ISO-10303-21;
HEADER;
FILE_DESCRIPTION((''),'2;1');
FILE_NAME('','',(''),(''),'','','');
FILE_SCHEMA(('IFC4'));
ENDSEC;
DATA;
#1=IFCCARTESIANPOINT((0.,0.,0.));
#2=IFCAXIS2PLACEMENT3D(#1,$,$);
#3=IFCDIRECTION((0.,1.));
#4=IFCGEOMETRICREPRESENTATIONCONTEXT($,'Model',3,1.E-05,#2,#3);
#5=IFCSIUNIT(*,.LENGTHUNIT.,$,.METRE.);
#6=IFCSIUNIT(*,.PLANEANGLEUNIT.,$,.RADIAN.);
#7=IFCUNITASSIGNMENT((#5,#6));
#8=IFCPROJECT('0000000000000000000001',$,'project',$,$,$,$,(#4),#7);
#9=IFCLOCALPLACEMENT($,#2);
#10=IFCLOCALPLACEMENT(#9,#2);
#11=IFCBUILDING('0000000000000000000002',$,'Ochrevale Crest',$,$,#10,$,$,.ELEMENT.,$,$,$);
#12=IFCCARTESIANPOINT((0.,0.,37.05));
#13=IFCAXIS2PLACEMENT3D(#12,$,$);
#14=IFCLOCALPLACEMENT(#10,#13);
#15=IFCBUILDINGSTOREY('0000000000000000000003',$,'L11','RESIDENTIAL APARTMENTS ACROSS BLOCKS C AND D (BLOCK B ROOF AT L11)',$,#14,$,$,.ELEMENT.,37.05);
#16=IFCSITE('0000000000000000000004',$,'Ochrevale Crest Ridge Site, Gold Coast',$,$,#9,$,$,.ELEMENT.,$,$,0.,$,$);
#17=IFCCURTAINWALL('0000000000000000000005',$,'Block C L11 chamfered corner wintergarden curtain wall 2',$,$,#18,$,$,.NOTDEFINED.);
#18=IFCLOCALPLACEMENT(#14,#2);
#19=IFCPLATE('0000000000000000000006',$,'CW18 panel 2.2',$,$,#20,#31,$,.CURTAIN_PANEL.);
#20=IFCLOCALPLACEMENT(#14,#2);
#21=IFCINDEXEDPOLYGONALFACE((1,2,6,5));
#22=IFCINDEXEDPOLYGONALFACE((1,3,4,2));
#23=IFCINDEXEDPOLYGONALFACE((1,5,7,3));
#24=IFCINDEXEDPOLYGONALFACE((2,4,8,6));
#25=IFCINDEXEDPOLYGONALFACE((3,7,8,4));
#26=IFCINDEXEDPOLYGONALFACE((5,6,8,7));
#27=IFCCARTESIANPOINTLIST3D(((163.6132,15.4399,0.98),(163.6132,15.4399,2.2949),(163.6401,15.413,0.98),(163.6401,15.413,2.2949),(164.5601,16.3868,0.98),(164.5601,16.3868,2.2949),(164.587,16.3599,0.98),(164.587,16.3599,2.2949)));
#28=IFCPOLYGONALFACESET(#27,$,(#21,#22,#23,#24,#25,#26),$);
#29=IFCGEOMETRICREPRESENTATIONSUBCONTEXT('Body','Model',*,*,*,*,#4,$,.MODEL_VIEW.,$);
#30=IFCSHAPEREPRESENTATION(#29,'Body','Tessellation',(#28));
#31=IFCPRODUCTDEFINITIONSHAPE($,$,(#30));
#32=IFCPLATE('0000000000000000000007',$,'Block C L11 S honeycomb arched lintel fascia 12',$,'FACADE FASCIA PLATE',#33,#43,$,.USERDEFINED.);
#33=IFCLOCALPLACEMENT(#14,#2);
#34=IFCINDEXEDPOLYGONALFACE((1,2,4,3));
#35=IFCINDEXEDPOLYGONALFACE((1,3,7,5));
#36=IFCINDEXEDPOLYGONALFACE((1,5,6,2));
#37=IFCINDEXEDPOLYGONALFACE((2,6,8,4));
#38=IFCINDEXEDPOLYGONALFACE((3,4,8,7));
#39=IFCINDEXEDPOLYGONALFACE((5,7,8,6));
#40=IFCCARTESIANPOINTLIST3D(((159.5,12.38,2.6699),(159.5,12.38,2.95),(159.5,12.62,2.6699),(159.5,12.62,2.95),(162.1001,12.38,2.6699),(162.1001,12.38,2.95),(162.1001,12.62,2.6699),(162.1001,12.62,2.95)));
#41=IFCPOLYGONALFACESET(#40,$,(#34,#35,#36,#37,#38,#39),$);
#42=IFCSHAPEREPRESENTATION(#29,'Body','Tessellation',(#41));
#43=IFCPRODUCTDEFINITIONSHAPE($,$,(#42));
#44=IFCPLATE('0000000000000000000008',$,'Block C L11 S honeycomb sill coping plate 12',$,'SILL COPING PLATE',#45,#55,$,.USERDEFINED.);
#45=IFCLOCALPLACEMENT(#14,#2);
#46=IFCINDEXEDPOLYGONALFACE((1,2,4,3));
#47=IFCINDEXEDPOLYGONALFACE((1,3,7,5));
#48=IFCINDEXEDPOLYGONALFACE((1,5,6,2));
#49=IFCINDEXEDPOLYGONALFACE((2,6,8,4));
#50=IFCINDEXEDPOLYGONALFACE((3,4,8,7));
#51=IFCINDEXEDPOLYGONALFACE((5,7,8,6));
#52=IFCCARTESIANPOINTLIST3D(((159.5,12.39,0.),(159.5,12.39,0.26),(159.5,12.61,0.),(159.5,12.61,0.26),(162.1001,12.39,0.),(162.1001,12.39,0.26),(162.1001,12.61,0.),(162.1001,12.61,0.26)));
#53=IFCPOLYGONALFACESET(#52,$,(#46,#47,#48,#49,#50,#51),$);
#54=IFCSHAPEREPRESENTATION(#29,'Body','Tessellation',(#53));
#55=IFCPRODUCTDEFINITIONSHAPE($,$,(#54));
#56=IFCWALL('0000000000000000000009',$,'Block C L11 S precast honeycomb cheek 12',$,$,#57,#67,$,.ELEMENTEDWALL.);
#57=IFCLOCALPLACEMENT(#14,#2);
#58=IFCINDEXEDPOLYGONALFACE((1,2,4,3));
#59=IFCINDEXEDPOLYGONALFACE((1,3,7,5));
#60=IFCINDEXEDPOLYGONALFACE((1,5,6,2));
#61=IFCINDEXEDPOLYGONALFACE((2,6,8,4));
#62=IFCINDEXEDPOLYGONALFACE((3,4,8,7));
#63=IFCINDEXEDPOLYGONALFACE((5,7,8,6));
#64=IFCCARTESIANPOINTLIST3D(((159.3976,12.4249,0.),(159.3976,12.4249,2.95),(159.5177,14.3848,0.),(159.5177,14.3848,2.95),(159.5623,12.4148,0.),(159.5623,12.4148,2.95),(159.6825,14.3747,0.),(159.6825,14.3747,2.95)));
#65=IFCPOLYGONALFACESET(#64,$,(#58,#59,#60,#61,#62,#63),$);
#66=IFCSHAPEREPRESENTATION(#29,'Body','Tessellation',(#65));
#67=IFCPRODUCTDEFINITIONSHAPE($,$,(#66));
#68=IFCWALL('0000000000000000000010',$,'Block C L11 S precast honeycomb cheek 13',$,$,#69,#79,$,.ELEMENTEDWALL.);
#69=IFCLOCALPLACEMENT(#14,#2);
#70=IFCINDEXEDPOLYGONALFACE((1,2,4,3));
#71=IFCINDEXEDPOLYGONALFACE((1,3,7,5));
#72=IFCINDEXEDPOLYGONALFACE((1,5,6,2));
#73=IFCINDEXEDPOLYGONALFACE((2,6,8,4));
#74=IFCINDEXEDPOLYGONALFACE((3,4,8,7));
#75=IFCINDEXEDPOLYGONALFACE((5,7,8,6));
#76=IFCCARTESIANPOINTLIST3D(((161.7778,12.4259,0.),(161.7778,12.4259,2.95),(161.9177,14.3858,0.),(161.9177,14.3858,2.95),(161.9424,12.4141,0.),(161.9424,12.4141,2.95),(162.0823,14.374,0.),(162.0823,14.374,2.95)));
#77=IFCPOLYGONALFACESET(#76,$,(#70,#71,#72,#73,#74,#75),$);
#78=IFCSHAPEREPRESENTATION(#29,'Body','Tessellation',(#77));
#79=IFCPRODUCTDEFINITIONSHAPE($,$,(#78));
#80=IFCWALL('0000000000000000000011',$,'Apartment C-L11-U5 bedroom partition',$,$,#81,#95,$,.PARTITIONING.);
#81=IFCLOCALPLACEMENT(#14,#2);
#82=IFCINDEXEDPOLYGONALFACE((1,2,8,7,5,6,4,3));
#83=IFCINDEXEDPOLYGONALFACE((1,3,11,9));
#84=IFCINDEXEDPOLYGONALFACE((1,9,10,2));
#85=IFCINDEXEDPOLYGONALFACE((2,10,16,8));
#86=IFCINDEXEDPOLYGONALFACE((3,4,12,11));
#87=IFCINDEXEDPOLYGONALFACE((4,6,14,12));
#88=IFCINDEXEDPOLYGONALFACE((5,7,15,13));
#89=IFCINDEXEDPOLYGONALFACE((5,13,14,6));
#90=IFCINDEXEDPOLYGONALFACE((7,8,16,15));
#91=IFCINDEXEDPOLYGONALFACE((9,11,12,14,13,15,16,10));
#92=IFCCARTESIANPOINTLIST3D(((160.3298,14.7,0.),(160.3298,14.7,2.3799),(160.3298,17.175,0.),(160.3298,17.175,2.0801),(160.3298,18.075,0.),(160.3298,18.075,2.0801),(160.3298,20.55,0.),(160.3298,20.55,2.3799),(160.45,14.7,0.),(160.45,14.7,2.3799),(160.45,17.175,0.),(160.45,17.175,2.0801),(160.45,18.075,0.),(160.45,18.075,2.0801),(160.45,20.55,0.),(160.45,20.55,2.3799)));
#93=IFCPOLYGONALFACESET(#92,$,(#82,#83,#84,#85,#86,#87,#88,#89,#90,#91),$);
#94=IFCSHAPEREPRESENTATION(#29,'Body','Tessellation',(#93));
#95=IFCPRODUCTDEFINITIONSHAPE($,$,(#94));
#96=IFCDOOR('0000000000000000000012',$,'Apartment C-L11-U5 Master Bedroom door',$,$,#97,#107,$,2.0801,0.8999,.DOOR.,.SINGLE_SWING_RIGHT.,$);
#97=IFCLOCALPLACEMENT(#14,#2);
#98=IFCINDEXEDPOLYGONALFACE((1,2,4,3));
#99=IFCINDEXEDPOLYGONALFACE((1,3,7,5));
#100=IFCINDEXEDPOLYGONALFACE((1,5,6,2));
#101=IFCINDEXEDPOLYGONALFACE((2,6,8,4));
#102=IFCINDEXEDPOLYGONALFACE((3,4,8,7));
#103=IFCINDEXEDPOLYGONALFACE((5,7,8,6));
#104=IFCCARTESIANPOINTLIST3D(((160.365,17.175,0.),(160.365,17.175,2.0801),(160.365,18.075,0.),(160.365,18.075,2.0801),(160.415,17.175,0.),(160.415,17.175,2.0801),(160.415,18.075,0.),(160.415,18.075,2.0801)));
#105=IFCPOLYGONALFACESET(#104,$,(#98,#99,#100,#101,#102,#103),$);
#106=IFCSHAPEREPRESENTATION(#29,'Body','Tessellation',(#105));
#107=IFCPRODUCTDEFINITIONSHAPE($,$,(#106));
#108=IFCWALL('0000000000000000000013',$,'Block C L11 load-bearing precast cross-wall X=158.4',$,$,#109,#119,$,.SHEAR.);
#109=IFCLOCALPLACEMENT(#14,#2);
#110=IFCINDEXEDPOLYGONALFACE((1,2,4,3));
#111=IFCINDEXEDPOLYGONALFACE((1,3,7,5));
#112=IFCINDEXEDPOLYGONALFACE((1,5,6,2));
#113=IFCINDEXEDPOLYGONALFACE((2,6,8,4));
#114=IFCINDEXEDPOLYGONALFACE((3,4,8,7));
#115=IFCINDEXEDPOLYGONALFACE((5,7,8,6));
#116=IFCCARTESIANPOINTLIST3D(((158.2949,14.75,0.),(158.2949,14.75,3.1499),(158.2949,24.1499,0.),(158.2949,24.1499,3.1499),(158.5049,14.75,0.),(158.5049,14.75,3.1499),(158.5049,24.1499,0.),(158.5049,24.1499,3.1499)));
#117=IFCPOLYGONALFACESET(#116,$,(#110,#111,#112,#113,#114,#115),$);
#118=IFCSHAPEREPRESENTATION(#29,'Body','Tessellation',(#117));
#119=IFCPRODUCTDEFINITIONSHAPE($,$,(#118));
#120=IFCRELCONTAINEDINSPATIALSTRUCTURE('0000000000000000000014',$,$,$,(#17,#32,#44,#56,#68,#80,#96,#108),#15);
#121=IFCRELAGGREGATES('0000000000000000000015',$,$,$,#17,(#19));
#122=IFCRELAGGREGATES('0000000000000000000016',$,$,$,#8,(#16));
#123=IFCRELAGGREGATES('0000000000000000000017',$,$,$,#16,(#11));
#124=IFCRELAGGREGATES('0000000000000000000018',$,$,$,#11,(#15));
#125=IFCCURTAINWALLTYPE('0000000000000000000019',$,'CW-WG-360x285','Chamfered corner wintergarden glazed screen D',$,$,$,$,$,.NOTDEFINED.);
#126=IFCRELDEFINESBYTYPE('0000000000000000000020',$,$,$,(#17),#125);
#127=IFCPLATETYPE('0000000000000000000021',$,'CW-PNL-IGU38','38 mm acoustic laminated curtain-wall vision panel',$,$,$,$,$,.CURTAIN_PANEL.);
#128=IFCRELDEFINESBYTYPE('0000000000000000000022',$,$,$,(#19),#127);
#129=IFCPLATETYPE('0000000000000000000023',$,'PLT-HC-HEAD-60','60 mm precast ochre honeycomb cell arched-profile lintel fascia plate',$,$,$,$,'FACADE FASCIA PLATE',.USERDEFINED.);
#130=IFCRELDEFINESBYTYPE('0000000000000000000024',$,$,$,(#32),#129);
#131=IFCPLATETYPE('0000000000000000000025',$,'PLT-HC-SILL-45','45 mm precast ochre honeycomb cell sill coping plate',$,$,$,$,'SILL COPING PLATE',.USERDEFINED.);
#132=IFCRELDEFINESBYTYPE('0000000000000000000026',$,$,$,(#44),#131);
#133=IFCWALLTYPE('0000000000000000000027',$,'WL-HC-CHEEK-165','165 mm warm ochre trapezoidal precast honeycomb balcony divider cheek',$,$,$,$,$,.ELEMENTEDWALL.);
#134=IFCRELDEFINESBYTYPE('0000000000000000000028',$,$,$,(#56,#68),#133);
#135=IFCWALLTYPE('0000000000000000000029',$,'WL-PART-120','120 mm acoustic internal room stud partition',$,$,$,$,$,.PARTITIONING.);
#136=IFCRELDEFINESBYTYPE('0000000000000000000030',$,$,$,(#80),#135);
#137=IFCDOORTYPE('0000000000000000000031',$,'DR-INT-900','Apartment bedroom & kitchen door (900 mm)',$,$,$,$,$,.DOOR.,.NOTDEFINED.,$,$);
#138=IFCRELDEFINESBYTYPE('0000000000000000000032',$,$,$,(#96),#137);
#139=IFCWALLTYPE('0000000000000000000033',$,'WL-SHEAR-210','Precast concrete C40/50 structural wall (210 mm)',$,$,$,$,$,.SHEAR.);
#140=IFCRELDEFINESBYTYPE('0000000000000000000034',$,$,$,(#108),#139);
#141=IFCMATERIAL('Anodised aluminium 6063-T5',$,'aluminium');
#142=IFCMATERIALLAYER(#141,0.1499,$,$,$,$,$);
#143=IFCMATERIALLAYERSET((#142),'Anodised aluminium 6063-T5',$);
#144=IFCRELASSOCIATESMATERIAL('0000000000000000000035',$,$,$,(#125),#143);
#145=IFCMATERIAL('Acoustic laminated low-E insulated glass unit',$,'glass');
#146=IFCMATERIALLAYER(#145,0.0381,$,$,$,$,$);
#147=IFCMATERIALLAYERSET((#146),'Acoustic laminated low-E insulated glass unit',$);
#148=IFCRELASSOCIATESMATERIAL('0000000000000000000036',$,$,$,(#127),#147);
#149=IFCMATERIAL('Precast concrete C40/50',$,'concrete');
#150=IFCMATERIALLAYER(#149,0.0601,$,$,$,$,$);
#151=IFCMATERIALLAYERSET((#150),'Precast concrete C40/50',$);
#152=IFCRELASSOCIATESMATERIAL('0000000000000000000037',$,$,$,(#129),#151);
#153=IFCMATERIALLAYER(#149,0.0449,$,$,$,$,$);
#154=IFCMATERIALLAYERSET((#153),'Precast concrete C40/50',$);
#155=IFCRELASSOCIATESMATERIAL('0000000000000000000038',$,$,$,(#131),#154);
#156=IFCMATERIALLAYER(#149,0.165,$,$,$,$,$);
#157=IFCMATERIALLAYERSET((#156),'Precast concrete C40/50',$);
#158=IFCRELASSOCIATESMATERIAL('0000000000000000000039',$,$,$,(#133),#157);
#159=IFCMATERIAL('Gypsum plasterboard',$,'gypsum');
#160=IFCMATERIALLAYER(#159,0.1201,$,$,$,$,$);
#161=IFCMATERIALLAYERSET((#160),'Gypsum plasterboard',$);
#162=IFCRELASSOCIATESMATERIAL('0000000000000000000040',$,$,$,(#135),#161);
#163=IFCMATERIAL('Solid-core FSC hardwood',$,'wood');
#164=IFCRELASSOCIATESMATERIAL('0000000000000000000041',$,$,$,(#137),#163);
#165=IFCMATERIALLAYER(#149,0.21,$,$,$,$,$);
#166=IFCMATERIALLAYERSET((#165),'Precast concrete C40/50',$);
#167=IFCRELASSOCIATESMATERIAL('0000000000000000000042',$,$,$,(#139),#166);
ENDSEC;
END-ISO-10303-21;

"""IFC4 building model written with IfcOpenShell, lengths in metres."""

from ifc_helpers import new_model, si_unit, direction, frame, frame_2d, origin, origin_2d, place, context, subcontext, project, spatial, rectangle, extrude, material, layer, layer_set, type_object, element, fill, aggregate, save


model = new_model("IFC4")

# Units and contexts
model_context = context("Model", 3, precision=1e-05, world=origin(), true_north=direction((0.0, 1.0)))
body_context = subcontext(model_context, "Body", "Model", "MODEL_VIEW")
ifc_project = project(units=[si_unit("LENGTHUNIT", "METRE"), si_unit("PLANEANGLEUNIT", "RADIAN")], contexts=[model_context])

# Site, building, storey
site_placement = place(None, origin())
site = spatial("IfcSite", under=ifc_project, at=site_placement, Name="Ochrevale Crest Ridge Site, Gold Coast", CompositionType="ELEMENT", RefElevation=0.0)
building_placement = place(site_placement, origin())
building = spatial("IfcBuilding", under=site, at=building_placement, Name="Ochrevale Crest", CompositionType="ELEMENT")
storey_placement = place(building_placement, frame((0.0, 0.0, 37.05)))
storey = spatial("IfcBuildingStorey", under=building, at=storey_placement, Name="L11", Description="RESIDENTIAL APARTMENTS ACROSS BLOCKS C AND D (BLOCK B ROOF AT L11)", CompositionType="ELEMENT", Elevation=37.05)

# Curtain wall, plate
ifc_material_1 = material(Name="Anodised aluminium 6063-T5", Category="aluminium")
ifc_layer_1 = layer(ifc_material_1, 0.1499)
ifc_layer_set_1 = layer_set([ifc_layer_1], Name="Anodised aluminium 6063-T5")
curtain_wall_type = type_object("IfcCurtainWallType", Name="CW-WG-360x285", Description="Chamfered corner wintergarden glazed screen D", PredefinedType="NOTDEFINED", material=ifc_layer_set_1)
curtain_wall_placement = place(storey_placement, origin())
curtain_wall = element("IfcCurtainWall", 1, at=curtain_wall_placement, inside=storey, type_object=curtain_wall_type, Name="Block C L11 chamfered corner wintergarden curtain wall 2", PredefinedType="NOTDEFINED")
ifc_material_2 = material(Name="Acoustic laminated low-E insulated glass unit", Category="glass")
ifc_layer_2 = layer(ifc_material_2, 0.0381)
ifc_layer_set_2 = layer_set([ifc_layer_2], Name="Acoustic laminated low-E insulated glass unit")
plate_type_1 = type_object("IfcPlateType", Name="CW-PNL-IGU38", Description="38 mm acoustic laminated curtain-wall vision panel", PredefinedType="CURTAIN_PANEL", material=ifc_layer_set_2)
plate_1_placement = place(storey_placement, frame((164.1001, 15.8999, 0.98), z_axis=(0.0, 0.0, 1.0), x_axis=(0.707107, 0.707107, 0.0)))
plate_1 = element("IfcPlate", 2, at=plate_1_placement, type_object=plate_type_1, Name="CW18 panel 2.2", PredefinedType="CURTAIN_PANEL", context=body_context, shape_type="SweptSolid", body=[
    extrude(rectangle(XDim=1.3391, YDim=0.0381, at=origin_2d()), origin(), (0.0, 0.0, 1.0), 1.3149),
])
aggregate(curtain_wall, [plate_1])

# Plates
ifc_material_3 = material(Name="Precast concrete C40/50", Category="concrete")
ifc_layer_3 = layer(ifc_material_3, 0.0601)
ifc_layer_set_3 = layer_set([ifc_layer_3], Name="Precast concrete C40/50")
plate_type_2 = type_object("IfcPlateType", Name="PLT-HC-HEAD-60", Description="60 mm precast ochre honeycomb cell arched-profile lintel fascia plate", ElementType="FACADE FASCIA PLATE", PredefinedType="USERDEFINED", material=ifc_layer_set_3)
plate_2_placement = place(storey_placement, frame((160.8, 12.5, 2.6699), z_axis=(0.0, 0.0, 1.0), x_axis=(1.0, 0.0, 0.0)))
element("IfcPlate", 3, at=plate_2_placement, inside=storey, type_object=plate_type_2, Name="Block C L11 S honeycomb arched lintel fascia 12", ObjectType="FACADE FASCIA PLATE", PredefinedType="USERDEFINED", context=body_context, shape_type="SweptSolid", body=[
    extrude(rectangle(XDim=2.6001, YDim=0.24, at=origin_2d()), origin(), (0.0, 0.0, 1.0), 0.28),
])
ifc_layer_4 = layer(ifc_material_3, 0.0449)
ifc_layer_set_4 = layer_set([ifc_layer_4], Name="Precast concrete C40/50")
plate_type_3 = type_object("IfcPlateType", Name="PLT-HC-SILL-45", Description="45 mm precast ochre honeycomb cell sill coping plate", ElementType="SILL COPING PLATE", PredefinedType="USERDEFINED", material=ifc_layer_set_4)
plate_3_placement = place(storey_placement, frame((160.8, 12.5, 0.0), z_axis=(0.0, 0.0, 1.0), x_axis=(1.0, 0.0, 0.0)))
element("IfcPlate", 4, at=plate_3_placement, inside=storey, type_object=plate_type_3, Name="Block C L11 S honeycomb sill coping plate 12", ObjectType="SILL COPING PLATE", PredefinedType="USERDEFINED", context=body_context, shape_type="SweptSolid", body=[
    extrude(rectangle(XDim=2.6001, YDim=0.22, at=origin_2d()), origin(), (0.0, 0.0, 1.0), 0.26),
])

# Walls
ifc_layer_5 = layer(ifc_material_3, 0.165)
ifc_layer_set_5 = layer_set([ifc_layer_5], Name="Precast concrete C40/50")
wall_type_1 = type_object("IfcWallType", Name="WL-HC-CHEEK-165", Description="165 mm warm ochre trapezoidal precast honeycomb balcony divider cheek", PredefinedType="ELEMENTEDWALL", material=ifc_layer_set_5)
wall_1_placement = place(storey_placement, frame((159.6001, 14.3799, 0.0), z_axis=(0.0, 0.0, 1.0), x_axis=(-0.061171, -0.998127, 0.0)))
element("IfcWall", 5, at=wall_1_placement, inside=storey, type_object=wall_type_1, Name="Block C L11 S precast honeycomb cheek 12", PredefinedType="ELEMENTEDWALL", context=body_context, shape_type="SweptSolid", body=[
    extrude(rectangle(XDim=1.9636, YDim=0.165, at=frame_2d((0.9819, 0.0))), origin(), (0.0, 0.0, 1.0), 2.95),
])
wall_2_placement = place(storey_placement, frame((162.0, 14.3799, 0.0), z_axis=(0.0, 0.0, 1.0), x_axis=(-0.071194, -0.997462, 0.0)))
element("IfcWall", 6, at=wall_2_placement, inside=storey, type_object=wall_type_1, Name="Block C L11 S precast honeycomb cheek 13", PredefinedType="ELEMENTEDWALL", context=body_context, shape_type="SweptSolid", body=[
    extrude(rectangle(XDim=1.9648, YDim=0.165, at=frame_2d((0.9824, 0.0))), origin(), (0.0, 0.0, 1.0), 2.95),
])

# Wall, opening, door
ifc_material_4 = material(Name="Gypsum plasterboard", Category="gypsum")
ifc_layer_6 = layer(ifc_material_4, 0.1201)
ifc_layer_set_6 = layer_set([ifc_layer_6], Name="Gypsum plasterboard")
wall_type_2 = type_object("IfcWallType", Name="WL-PART-120", Description="120 mm acoustic internal room stud partition", PredefinedType="PARTITIONING", material=ifc_layer_set_6)
wall_3_placement = place(storey_placement, frame((160.3899, 14.7, 0.0), z_axis=(0.0, 0.0, 1.0), x_axis=(0.0, 1.0, 0.0)))
wall_3 = element("IfcWall", 7, at=wall_3_placement, inside=storey, type_object=wall_type_2, Name="Apartment C-L11-U5 bedroom partition", PredefinedType="PARTITIONING", context=body_context, shape_type="SweptSolid", body=[
    extrude(rectangle(XDim=5.8501, YDim=0.1201, at=frame_2d((2.925, 0.0))), origin(), (0.0, 0.0, 1.0), 2.3799),
])
opening_placement = place(wall_3_placement, frame((2.4751, 0.0, 0.0)))
opening = element("IfcOpeningElement", 8, at=opening_placement, cuts=wall_3, PredefinedType="OPENING", context=body_context, shape_type="SweptSolid", body=[
    extrude(rectangle(XDim=0.8999, YDim=2.0801, at=frame_2d((0.45, 1.04))), frame((0.0, 0.0701, 0.0), z_axis=(0.0, -1.0, 0.0), x_axis=(1.0, 0.0, 0.0)), (0.0, 0.0, 1.0), 0.1401),
])
ifc_material_5 = material(Name="Solid-core FSC hardwood", Category="wood")
door_type = type_object("IfcDoorType", Name="DR-INT-900", Description="Apartment bedroom & kitchen door (900 mm)", OperationType="NOTDEFINED", PredefinedType="DOOR", material=ifc_material_5)
door_placement = place(opening_placement, origin())
door = element("IfcDoor", 9, at=door_placement, inside=storey, type_object=door_type, Name="Apartment C-L11-U5 Master Bedroom door", OperationType="SINGLE_SWING_RIGHT", OverallHeight=2.0801, OverallWidth=0.8999, PredefinedType="DOOR", context=body_context, shape_type="SweptSolid", body=[
    extrude(rectangle(XDim=0.8999, YDim=2.0801, at=frame_2d((0.45, 1.04))), frame((0.0, 0.0249, 0.0), z_axis=(0.0, -1.0, 0.0), x_axis=(1.0, 0.0, 0.0)), (0.0, 0.0, 1.0), 0.05),
])
fill(opening, door)

# Wall
ifc_layer_7 = layer(ifc_material_3, 0.21)
ifc_layer_set_7 = layer_set([ifc_layer_7], Name="Precast concrete C40/50")
wall_type_3 = type_object("IfcWallType", Name="WL-SHEAR-210", Description="Precast concrete C40/50 structural wall (210 mm)", PredefinedType="SHEAR", material=ifc_layer_set_7)
wall_4_placement = place(storey_placement, frame((158.3999, 14.75, 0.0), z_axis=(0.0, 0.0, 1.0), x_axis=(0.0, 1.0, 0.0)))
element("IfcWall", 10, at=wall_4_placement, inside=storey, type_object=wall_type_3, Name="Block C L11 load-bearing precast cross-wall X=158.4", PredefinedType="SHEAR", context=body_context, shape_type="SweptSolid", body=[
    extrude(rectangle(XDim=9.3999, YDim=0.21, at=frame_2d((4.7, 0.0))), origin(), (0.0, 0.0, 1.0), 3.1499),
])

save(model, "model.ifc")
